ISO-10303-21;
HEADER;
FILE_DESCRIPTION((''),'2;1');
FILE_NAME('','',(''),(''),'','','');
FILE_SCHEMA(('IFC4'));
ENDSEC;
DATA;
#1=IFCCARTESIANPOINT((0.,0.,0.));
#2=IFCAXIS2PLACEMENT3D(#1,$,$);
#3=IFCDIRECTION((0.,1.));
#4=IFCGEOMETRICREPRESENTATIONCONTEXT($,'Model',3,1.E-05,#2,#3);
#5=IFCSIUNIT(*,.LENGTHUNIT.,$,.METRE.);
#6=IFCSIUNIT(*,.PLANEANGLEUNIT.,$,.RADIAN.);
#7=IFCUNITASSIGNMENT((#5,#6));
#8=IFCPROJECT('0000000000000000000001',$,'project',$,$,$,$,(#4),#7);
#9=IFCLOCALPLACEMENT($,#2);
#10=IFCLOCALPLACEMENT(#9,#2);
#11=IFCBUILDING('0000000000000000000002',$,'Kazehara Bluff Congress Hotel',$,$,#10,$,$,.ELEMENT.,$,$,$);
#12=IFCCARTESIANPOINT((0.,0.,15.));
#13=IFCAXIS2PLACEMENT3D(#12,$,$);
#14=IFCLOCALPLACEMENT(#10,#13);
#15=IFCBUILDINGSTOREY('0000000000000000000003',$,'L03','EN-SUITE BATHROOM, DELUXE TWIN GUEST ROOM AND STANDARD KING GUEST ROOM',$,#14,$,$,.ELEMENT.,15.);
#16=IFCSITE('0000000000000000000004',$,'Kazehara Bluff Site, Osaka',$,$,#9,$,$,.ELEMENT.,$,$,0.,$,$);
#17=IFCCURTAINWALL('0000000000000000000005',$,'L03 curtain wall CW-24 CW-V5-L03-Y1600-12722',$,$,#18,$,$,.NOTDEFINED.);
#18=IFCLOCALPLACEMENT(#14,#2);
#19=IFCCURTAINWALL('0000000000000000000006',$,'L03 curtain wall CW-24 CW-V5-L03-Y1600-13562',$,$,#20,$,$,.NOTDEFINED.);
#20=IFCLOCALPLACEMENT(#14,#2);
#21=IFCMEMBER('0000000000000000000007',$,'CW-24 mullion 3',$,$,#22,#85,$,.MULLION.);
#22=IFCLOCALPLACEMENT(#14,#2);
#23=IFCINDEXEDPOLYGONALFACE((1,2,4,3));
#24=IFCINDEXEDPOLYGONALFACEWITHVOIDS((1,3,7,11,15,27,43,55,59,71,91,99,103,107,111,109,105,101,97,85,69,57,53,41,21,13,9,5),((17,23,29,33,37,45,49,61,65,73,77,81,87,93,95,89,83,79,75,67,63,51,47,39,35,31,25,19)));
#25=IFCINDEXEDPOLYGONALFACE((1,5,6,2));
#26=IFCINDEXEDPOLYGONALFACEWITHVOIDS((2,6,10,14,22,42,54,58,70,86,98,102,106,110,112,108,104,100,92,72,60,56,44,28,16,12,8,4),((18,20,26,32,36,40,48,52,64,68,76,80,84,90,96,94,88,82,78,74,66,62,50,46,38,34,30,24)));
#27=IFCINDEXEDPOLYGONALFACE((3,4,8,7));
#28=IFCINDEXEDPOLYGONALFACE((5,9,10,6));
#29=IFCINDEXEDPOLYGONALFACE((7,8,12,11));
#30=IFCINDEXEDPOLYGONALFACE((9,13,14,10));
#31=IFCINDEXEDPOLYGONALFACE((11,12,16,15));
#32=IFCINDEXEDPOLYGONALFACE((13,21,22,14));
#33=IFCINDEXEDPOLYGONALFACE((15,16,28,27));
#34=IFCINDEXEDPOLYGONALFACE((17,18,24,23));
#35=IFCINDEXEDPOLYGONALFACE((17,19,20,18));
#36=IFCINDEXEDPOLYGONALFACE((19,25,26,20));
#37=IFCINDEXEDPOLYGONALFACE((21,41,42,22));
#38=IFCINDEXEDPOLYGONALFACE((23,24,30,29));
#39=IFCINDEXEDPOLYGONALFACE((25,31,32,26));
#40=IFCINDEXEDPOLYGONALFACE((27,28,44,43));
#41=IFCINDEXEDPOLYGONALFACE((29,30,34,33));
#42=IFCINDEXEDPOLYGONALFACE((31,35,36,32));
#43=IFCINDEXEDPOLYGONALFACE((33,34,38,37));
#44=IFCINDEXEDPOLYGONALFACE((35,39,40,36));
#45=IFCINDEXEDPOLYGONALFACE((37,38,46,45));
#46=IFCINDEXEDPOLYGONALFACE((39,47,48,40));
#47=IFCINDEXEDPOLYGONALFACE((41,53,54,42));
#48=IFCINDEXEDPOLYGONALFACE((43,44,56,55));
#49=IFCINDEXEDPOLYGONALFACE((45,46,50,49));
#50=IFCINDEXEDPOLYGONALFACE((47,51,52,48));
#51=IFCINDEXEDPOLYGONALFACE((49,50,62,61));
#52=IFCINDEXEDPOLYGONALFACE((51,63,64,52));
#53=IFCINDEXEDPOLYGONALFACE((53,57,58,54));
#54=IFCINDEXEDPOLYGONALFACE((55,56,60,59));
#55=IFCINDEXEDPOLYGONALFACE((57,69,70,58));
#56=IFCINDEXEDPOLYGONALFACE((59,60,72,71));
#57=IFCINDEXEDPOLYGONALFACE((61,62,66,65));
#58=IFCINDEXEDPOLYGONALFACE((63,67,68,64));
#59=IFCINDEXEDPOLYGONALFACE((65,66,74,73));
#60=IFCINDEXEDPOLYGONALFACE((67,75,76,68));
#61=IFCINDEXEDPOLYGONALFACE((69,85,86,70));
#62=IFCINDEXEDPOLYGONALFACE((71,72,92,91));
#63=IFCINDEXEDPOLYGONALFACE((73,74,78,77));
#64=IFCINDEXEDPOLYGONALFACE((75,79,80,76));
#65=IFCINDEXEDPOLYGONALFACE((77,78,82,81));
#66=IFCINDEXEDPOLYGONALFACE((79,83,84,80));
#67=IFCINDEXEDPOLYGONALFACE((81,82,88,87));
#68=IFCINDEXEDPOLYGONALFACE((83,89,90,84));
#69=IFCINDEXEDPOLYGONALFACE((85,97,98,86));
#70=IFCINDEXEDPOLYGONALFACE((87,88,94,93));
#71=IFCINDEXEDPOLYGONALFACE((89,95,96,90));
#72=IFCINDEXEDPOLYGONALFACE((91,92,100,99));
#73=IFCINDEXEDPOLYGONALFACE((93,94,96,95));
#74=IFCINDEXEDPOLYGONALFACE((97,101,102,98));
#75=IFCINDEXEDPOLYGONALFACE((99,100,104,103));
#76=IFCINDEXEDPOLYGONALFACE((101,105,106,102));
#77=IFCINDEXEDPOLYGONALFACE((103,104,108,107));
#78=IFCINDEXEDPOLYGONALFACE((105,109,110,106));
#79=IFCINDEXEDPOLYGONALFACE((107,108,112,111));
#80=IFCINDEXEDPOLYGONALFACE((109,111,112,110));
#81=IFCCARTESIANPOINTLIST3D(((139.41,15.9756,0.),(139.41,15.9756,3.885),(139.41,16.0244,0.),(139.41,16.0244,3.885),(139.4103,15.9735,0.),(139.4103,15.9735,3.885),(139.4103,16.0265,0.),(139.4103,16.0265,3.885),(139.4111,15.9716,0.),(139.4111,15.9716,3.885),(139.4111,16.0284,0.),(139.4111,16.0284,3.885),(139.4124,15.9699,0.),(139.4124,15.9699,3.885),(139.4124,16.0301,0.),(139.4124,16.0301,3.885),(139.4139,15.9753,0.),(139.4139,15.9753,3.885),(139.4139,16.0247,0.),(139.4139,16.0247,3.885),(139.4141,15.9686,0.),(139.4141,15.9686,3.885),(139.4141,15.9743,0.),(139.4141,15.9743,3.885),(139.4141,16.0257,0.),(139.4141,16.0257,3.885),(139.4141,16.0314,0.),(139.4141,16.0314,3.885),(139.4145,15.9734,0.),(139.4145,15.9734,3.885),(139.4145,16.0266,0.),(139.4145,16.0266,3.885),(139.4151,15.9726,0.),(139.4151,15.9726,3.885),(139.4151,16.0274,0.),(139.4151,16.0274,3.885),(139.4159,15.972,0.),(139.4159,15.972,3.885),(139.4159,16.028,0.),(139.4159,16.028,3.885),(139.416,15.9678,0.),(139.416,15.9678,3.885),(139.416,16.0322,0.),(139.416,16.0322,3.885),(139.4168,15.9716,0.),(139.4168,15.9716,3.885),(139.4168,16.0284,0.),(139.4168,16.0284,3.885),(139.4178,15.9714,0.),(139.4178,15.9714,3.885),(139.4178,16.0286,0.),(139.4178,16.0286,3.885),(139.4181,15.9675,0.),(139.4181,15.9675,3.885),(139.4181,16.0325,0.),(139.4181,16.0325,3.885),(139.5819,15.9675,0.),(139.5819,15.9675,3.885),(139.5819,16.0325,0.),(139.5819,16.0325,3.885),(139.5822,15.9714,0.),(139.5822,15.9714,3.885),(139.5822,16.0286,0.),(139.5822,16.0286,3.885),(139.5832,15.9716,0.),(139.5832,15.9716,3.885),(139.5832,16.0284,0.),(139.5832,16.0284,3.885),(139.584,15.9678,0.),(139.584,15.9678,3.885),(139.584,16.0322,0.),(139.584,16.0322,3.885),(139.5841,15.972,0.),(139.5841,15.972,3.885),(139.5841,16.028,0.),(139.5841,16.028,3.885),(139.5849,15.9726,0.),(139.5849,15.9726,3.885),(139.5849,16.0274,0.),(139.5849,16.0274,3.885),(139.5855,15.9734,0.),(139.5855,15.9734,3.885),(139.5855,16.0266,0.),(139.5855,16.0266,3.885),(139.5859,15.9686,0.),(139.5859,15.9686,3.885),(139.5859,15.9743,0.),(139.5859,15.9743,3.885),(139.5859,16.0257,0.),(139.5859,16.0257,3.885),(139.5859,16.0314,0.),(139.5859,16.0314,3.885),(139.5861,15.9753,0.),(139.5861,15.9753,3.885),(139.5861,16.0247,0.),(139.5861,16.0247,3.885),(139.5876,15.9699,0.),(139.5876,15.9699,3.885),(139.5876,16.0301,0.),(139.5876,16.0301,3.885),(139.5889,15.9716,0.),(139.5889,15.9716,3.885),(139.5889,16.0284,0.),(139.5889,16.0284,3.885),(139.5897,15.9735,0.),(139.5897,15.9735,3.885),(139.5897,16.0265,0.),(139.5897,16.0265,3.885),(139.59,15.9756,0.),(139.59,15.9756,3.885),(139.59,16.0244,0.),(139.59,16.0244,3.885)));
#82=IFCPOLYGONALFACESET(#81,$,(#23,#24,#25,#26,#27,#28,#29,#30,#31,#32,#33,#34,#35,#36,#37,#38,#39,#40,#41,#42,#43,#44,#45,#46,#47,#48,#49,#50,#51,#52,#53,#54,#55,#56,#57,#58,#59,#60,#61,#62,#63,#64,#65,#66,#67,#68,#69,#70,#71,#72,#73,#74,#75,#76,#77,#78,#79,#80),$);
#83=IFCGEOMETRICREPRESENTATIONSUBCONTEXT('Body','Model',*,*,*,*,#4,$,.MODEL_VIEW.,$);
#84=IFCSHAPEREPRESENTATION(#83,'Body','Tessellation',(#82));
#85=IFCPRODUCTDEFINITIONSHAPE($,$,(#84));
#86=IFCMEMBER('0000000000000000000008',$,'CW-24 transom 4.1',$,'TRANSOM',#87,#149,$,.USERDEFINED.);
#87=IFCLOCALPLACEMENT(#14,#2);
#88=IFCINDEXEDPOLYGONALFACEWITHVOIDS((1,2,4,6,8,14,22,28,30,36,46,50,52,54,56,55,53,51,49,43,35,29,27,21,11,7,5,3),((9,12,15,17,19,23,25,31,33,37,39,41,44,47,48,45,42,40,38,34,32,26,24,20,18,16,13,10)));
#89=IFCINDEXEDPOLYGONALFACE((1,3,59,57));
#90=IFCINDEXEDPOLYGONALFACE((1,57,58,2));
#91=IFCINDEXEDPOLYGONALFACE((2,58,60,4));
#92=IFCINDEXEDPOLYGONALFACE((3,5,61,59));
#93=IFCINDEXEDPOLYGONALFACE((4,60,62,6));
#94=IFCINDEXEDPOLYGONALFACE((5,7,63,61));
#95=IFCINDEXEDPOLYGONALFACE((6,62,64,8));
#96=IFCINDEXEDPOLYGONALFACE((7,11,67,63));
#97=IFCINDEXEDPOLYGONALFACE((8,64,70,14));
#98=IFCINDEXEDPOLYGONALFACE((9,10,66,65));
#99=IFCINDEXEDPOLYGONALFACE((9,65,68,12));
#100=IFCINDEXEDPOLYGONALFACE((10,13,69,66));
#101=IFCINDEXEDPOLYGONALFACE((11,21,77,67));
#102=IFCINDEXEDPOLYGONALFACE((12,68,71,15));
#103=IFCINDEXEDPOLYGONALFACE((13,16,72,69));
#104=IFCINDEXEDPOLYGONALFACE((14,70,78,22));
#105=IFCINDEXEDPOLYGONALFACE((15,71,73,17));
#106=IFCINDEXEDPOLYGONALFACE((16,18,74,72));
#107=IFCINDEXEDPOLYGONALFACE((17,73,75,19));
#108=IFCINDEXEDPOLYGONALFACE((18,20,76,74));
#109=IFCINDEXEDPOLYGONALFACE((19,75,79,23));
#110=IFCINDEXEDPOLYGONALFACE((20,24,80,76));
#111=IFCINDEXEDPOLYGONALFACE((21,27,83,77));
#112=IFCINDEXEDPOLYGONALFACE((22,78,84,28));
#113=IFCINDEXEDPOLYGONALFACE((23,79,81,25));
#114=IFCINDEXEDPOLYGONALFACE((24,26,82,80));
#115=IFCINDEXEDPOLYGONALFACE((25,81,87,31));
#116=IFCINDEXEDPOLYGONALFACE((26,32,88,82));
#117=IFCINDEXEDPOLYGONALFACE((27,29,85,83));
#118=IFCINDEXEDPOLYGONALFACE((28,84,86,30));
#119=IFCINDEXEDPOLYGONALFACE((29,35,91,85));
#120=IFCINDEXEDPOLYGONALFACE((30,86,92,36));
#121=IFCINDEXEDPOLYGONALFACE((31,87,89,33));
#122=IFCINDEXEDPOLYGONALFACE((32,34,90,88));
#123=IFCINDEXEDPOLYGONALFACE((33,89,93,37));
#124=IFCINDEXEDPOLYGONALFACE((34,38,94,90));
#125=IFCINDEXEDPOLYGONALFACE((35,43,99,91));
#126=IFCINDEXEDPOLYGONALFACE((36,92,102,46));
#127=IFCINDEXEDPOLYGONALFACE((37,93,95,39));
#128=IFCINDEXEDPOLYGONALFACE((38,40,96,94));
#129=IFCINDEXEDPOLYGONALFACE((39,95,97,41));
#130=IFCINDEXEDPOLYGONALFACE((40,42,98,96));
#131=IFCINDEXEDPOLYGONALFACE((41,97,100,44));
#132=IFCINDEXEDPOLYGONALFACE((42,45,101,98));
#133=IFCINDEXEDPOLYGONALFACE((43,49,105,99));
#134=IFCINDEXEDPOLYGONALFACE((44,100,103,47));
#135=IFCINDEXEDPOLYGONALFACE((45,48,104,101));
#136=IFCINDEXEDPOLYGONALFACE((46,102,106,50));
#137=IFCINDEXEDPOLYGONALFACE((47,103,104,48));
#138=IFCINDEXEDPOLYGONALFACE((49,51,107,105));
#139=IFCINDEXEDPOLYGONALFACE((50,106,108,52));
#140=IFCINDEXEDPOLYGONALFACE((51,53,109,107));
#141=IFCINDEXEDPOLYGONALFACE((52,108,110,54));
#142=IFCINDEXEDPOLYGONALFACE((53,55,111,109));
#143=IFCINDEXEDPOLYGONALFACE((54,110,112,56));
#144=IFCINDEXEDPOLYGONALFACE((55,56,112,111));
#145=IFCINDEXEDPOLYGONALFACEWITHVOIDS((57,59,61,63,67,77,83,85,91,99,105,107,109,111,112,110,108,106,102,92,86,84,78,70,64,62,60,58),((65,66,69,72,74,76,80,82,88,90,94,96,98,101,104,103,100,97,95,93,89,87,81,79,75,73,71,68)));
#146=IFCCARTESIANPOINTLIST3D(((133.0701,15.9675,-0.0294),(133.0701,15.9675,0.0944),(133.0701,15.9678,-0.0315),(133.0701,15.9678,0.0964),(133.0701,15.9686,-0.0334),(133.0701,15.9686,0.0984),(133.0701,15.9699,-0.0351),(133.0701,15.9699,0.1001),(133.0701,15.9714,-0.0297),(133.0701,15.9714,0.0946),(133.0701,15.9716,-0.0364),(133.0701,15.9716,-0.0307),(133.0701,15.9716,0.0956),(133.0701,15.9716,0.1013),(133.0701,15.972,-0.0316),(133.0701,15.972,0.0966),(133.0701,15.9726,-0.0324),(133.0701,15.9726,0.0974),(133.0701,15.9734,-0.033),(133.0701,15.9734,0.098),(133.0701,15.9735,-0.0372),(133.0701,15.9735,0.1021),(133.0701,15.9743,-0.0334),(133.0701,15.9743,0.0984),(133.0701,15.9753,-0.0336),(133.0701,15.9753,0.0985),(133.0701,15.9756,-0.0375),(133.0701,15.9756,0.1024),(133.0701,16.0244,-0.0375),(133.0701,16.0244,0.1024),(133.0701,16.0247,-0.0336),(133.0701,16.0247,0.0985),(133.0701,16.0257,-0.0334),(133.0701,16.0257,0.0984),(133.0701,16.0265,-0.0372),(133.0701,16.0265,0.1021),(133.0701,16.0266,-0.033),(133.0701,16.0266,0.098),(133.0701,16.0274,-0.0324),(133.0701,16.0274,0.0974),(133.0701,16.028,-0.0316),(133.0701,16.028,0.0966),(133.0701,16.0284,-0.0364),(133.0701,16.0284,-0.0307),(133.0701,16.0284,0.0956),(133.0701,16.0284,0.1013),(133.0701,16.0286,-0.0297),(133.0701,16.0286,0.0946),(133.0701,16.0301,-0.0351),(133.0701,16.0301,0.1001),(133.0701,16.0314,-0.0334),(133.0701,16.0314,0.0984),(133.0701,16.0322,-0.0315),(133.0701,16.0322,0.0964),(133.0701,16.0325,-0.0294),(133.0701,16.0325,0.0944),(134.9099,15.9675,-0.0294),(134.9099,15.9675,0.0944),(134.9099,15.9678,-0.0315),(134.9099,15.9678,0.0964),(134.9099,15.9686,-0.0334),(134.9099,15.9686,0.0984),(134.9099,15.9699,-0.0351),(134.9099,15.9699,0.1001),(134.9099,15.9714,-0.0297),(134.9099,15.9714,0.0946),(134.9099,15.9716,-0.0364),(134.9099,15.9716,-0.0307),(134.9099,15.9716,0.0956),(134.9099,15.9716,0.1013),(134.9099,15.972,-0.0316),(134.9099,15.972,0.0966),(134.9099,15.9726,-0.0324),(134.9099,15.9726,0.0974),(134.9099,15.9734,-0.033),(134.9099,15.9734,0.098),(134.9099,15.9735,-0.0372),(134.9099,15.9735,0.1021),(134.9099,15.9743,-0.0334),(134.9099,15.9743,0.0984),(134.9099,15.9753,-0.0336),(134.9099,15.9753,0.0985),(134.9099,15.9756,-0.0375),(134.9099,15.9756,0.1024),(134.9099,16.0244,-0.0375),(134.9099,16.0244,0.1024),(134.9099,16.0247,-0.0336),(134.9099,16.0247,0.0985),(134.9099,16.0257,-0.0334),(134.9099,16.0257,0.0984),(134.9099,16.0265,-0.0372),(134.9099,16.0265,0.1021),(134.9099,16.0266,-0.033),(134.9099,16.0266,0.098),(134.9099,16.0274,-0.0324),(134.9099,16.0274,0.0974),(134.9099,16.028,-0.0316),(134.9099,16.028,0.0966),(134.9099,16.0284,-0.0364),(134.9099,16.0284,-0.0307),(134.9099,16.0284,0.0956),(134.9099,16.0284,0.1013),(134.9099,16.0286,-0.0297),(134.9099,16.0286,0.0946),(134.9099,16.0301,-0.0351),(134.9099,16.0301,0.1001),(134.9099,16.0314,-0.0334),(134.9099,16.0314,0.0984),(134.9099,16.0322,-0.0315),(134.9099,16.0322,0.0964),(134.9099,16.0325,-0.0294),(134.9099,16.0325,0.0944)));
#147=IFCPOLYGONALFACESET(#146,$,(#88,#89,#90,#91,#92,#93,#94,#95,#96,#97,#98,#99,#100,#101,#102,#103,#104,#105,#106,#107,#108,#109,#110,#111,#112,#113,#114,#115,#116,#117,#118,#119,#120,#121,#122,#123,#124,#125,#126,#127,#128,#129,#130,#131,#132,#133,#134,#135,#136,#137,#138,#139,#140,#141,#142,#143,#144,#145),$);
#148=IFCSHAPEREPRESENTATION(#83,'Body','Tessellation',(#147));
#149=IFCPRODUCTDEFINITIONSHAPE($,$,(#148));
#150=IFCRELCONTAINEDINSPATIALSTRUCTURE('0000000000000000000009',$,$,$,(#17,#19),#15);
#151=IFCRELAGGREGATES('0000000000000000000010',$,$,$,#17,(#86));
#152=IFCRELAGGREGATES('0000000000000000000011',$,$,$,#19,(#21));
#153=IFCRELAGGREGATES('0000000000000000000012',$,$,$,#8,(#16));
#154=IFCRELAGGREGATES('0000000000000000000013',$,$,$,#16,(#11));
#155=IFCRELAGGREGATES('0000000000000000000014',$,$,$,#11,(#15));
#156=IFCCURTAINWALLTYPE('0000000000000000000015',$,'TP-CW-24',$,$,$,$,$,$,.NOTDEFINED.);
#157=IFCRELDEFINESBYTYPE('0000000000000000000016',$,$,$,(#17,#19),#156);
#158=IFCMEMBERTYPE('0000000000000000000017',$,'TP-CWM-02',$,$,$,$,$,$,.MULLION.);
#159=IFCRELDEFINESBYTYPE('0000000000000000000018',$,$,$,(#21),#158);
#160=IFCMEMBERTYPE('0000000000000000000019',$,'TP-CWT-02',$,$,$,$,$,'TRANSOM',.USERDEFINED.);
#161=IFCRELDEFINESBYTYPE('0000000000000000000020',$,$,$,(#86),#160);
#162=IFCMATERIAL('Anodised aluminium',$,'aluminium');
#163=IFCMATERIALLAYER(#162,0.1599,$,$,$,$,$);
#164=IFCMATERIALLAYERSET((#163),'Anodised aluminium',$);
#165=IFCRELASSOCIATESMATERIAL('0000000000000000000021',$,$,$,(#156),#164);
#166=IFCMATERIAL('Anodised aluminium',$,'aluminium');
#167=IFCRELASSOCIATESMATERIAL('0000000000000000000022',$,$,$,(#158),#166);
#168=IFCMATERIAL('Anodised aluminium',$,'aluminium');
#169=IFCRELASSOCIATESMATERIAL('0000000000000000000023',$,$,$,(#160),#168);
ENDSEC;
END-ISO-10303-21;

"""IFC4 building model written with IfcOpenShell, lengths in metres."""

from ifc_helpers import new_model, si_unit, direction, frame, origin, origin_2d, place, context, subcontext, project, spatial, hollow_rectangle, extrude, material, layer, layer_set, material_profile, profile_set, type_object, element, aggregate, save


model = new_model("IFC4")

# Units and contexts
model_context = context("Model", 3, precision=1e-05, world=origin(), true_north=direction((0.0, 1.0)))
body_context = subcontext(model_context, "Body", "Model", "MODEL_VIEW")
ifc_project = project(units=[si_unit("LENGTHUNIT", "METRE"), si_unit("PLANEANGLEUNIT", "RADIAN")], contexts=[model_context])

# Site, building, storey
site_placement = place(None, origin())
site = spatial("IfcSite", under=ifc_project, at=site_placement, Name="Kazehara Bluff Site, Osaka", CompositionType="ELEMENT", RefElevation=0.0)
building_placement = place(site_placement, origin())
building = spatial("IfcBuilding", under=site, at=building_placement, Name="Kazehara Bluff Congress Hotel", CompositionType="ELEMENT")
storey_placement = place(building_placement, frame((0.0, 0.0, 15.0)))
storey = spatial("IfcBuildingStorey", under=building, at=storey_placement, Name="L03", Description="EN-SUITE BATHROOM, DELUXE TWIN GUEST ROOM AND STANDARD KING GUEST ROOM", CompositionType="ELEMENT", Elevation=15.0)

# Curtain wall
ifc_material_1 = material(Name="Anodised aluminium", Category="aluminium")
ifc_layer_1 = layer(ifc_material_1, 0.1599)
ifc_layer_set_1 = layer_set([ifc_layer_1], Name="Anodised aluminium")
curtain_wall_type = type_object("IfcCurtainWallType", Name="TP-CW-24", PredefinedType="NOTDEFINED", material=ifc_layer_set_1)
curtain_wall_1_placement = place(storey_placement, origin())
curtain_wall_1 = element("IfcCurtainWall", 1, at=curtain_wall_1_placement, inside=storey, type_object=curtain_wall_type, Name="L03 curtain wall CW-24 CW-V5-L03-Y1600-12722", PredefinedType="NOTDEFINED")
ifc_material_2 = material(Name="Anodised aluminium", Category="aluminium")
ifc_material_profile_1 = material_profile(ifc_material_2, hollow_rectangle(XDim=0.0649, YDim=0.1799, WallThickness=0.0039, InnerFilletRadius=0.0039, OuterFilletRadius=0.0081, at=origin_2d()))
ifc_profile_set_1 = profile_set([ifc_material_profile_1], Name="Anodised aluminium")
member_type_1 = type_object("IfcMemberType", Name="TP-CWM-02", PredefinedType="MULLION", material=ifc_profile_set_1)

# Curtain wall, member
curtain_wall_2_placement = place(storey_placement, origin())
curtain_wall_2 = element("IfcCurtainWall", 2, at=curtain_wall_2_placement, inside=storey, type_object=curtain_wall_type, Name="L03 curtain wall CW-24 CW-V5-L03-Y1600-13562", PredefinedType="NOTDEFINED")
member_1_placement = place(storey_placement, frame((139.5, 16.0, 0.0), z_axis=(0.0, 0.0, 1.0), x_axis=(0.0, 1.0, 0.0)))
member_1 = element("IfcMember", 3, at=member_1_placement, type_object=member_type_1, Name="CW-24 mullion 3", PredefinedType="MULLION", context=body_context, shape_type="SweptSolid", body=[
    extrude(hollow_rectangle(XDim=0.0649, YDim=0.1799, WallThickness=0.0039, InnerFilletRadius=0.0039, OuterFilletRadius=0.0081, at=origin_2d()), origin(), (0.0, 0.0, 1.0), 3.885),
])

# Member
ifc_material_3 = material(Name="Anodised aluminium", Category="aluminium")
ifc_material_profile_2 = material_profile(ifc_material_3, hollow_rectangle(XDim=0.0649, YDim=0.1399, WallThickness=0.0039, InnerFilletRadius=0.0039, OuterFilletRadius=0.0081, at=origin_2d()))
ifc_profile_set_2 = profile_set([ifc_material_profile_2], Name="Anodised aluminium")
member_type_2 = type_object("IfcMemberType", Name="TP-CWT-02", ElementType="TRANSOM", PredefinedType="USERDEFINED", material=ifc_profile_set_2)
member_2_placement = place(storey_placement, frame((133.0701, 16.0, 0.0325), z_axis=(1.0, 0.0, 0.0), x_axis=(0.0, 1.0, 0.0)))
member_2 = element("IfcMember", 4, at=member_2_placement, type_object=member_type_2, Name="CW-24 transom 4.1", ObjectType="TRANSOM", PredefinedType="USERDEFINED", context=body_context, shape_type="SweptSolid", body=[
    extrude(hollow_rectangle(XDim=0.0649, YDim=0.1399, WallThickness=0.0039, InnerFilletRadius=0.0039, OuterFilletRadius=0.0081, at=origin_2d()), origin(), (0.0, 0.0, 1.0), 1.8398),
])

aggregate(curtain_wall_1, [member_2])
aggregate(curtain_wall_2, [member_1])

save(model, "model.ifc")
